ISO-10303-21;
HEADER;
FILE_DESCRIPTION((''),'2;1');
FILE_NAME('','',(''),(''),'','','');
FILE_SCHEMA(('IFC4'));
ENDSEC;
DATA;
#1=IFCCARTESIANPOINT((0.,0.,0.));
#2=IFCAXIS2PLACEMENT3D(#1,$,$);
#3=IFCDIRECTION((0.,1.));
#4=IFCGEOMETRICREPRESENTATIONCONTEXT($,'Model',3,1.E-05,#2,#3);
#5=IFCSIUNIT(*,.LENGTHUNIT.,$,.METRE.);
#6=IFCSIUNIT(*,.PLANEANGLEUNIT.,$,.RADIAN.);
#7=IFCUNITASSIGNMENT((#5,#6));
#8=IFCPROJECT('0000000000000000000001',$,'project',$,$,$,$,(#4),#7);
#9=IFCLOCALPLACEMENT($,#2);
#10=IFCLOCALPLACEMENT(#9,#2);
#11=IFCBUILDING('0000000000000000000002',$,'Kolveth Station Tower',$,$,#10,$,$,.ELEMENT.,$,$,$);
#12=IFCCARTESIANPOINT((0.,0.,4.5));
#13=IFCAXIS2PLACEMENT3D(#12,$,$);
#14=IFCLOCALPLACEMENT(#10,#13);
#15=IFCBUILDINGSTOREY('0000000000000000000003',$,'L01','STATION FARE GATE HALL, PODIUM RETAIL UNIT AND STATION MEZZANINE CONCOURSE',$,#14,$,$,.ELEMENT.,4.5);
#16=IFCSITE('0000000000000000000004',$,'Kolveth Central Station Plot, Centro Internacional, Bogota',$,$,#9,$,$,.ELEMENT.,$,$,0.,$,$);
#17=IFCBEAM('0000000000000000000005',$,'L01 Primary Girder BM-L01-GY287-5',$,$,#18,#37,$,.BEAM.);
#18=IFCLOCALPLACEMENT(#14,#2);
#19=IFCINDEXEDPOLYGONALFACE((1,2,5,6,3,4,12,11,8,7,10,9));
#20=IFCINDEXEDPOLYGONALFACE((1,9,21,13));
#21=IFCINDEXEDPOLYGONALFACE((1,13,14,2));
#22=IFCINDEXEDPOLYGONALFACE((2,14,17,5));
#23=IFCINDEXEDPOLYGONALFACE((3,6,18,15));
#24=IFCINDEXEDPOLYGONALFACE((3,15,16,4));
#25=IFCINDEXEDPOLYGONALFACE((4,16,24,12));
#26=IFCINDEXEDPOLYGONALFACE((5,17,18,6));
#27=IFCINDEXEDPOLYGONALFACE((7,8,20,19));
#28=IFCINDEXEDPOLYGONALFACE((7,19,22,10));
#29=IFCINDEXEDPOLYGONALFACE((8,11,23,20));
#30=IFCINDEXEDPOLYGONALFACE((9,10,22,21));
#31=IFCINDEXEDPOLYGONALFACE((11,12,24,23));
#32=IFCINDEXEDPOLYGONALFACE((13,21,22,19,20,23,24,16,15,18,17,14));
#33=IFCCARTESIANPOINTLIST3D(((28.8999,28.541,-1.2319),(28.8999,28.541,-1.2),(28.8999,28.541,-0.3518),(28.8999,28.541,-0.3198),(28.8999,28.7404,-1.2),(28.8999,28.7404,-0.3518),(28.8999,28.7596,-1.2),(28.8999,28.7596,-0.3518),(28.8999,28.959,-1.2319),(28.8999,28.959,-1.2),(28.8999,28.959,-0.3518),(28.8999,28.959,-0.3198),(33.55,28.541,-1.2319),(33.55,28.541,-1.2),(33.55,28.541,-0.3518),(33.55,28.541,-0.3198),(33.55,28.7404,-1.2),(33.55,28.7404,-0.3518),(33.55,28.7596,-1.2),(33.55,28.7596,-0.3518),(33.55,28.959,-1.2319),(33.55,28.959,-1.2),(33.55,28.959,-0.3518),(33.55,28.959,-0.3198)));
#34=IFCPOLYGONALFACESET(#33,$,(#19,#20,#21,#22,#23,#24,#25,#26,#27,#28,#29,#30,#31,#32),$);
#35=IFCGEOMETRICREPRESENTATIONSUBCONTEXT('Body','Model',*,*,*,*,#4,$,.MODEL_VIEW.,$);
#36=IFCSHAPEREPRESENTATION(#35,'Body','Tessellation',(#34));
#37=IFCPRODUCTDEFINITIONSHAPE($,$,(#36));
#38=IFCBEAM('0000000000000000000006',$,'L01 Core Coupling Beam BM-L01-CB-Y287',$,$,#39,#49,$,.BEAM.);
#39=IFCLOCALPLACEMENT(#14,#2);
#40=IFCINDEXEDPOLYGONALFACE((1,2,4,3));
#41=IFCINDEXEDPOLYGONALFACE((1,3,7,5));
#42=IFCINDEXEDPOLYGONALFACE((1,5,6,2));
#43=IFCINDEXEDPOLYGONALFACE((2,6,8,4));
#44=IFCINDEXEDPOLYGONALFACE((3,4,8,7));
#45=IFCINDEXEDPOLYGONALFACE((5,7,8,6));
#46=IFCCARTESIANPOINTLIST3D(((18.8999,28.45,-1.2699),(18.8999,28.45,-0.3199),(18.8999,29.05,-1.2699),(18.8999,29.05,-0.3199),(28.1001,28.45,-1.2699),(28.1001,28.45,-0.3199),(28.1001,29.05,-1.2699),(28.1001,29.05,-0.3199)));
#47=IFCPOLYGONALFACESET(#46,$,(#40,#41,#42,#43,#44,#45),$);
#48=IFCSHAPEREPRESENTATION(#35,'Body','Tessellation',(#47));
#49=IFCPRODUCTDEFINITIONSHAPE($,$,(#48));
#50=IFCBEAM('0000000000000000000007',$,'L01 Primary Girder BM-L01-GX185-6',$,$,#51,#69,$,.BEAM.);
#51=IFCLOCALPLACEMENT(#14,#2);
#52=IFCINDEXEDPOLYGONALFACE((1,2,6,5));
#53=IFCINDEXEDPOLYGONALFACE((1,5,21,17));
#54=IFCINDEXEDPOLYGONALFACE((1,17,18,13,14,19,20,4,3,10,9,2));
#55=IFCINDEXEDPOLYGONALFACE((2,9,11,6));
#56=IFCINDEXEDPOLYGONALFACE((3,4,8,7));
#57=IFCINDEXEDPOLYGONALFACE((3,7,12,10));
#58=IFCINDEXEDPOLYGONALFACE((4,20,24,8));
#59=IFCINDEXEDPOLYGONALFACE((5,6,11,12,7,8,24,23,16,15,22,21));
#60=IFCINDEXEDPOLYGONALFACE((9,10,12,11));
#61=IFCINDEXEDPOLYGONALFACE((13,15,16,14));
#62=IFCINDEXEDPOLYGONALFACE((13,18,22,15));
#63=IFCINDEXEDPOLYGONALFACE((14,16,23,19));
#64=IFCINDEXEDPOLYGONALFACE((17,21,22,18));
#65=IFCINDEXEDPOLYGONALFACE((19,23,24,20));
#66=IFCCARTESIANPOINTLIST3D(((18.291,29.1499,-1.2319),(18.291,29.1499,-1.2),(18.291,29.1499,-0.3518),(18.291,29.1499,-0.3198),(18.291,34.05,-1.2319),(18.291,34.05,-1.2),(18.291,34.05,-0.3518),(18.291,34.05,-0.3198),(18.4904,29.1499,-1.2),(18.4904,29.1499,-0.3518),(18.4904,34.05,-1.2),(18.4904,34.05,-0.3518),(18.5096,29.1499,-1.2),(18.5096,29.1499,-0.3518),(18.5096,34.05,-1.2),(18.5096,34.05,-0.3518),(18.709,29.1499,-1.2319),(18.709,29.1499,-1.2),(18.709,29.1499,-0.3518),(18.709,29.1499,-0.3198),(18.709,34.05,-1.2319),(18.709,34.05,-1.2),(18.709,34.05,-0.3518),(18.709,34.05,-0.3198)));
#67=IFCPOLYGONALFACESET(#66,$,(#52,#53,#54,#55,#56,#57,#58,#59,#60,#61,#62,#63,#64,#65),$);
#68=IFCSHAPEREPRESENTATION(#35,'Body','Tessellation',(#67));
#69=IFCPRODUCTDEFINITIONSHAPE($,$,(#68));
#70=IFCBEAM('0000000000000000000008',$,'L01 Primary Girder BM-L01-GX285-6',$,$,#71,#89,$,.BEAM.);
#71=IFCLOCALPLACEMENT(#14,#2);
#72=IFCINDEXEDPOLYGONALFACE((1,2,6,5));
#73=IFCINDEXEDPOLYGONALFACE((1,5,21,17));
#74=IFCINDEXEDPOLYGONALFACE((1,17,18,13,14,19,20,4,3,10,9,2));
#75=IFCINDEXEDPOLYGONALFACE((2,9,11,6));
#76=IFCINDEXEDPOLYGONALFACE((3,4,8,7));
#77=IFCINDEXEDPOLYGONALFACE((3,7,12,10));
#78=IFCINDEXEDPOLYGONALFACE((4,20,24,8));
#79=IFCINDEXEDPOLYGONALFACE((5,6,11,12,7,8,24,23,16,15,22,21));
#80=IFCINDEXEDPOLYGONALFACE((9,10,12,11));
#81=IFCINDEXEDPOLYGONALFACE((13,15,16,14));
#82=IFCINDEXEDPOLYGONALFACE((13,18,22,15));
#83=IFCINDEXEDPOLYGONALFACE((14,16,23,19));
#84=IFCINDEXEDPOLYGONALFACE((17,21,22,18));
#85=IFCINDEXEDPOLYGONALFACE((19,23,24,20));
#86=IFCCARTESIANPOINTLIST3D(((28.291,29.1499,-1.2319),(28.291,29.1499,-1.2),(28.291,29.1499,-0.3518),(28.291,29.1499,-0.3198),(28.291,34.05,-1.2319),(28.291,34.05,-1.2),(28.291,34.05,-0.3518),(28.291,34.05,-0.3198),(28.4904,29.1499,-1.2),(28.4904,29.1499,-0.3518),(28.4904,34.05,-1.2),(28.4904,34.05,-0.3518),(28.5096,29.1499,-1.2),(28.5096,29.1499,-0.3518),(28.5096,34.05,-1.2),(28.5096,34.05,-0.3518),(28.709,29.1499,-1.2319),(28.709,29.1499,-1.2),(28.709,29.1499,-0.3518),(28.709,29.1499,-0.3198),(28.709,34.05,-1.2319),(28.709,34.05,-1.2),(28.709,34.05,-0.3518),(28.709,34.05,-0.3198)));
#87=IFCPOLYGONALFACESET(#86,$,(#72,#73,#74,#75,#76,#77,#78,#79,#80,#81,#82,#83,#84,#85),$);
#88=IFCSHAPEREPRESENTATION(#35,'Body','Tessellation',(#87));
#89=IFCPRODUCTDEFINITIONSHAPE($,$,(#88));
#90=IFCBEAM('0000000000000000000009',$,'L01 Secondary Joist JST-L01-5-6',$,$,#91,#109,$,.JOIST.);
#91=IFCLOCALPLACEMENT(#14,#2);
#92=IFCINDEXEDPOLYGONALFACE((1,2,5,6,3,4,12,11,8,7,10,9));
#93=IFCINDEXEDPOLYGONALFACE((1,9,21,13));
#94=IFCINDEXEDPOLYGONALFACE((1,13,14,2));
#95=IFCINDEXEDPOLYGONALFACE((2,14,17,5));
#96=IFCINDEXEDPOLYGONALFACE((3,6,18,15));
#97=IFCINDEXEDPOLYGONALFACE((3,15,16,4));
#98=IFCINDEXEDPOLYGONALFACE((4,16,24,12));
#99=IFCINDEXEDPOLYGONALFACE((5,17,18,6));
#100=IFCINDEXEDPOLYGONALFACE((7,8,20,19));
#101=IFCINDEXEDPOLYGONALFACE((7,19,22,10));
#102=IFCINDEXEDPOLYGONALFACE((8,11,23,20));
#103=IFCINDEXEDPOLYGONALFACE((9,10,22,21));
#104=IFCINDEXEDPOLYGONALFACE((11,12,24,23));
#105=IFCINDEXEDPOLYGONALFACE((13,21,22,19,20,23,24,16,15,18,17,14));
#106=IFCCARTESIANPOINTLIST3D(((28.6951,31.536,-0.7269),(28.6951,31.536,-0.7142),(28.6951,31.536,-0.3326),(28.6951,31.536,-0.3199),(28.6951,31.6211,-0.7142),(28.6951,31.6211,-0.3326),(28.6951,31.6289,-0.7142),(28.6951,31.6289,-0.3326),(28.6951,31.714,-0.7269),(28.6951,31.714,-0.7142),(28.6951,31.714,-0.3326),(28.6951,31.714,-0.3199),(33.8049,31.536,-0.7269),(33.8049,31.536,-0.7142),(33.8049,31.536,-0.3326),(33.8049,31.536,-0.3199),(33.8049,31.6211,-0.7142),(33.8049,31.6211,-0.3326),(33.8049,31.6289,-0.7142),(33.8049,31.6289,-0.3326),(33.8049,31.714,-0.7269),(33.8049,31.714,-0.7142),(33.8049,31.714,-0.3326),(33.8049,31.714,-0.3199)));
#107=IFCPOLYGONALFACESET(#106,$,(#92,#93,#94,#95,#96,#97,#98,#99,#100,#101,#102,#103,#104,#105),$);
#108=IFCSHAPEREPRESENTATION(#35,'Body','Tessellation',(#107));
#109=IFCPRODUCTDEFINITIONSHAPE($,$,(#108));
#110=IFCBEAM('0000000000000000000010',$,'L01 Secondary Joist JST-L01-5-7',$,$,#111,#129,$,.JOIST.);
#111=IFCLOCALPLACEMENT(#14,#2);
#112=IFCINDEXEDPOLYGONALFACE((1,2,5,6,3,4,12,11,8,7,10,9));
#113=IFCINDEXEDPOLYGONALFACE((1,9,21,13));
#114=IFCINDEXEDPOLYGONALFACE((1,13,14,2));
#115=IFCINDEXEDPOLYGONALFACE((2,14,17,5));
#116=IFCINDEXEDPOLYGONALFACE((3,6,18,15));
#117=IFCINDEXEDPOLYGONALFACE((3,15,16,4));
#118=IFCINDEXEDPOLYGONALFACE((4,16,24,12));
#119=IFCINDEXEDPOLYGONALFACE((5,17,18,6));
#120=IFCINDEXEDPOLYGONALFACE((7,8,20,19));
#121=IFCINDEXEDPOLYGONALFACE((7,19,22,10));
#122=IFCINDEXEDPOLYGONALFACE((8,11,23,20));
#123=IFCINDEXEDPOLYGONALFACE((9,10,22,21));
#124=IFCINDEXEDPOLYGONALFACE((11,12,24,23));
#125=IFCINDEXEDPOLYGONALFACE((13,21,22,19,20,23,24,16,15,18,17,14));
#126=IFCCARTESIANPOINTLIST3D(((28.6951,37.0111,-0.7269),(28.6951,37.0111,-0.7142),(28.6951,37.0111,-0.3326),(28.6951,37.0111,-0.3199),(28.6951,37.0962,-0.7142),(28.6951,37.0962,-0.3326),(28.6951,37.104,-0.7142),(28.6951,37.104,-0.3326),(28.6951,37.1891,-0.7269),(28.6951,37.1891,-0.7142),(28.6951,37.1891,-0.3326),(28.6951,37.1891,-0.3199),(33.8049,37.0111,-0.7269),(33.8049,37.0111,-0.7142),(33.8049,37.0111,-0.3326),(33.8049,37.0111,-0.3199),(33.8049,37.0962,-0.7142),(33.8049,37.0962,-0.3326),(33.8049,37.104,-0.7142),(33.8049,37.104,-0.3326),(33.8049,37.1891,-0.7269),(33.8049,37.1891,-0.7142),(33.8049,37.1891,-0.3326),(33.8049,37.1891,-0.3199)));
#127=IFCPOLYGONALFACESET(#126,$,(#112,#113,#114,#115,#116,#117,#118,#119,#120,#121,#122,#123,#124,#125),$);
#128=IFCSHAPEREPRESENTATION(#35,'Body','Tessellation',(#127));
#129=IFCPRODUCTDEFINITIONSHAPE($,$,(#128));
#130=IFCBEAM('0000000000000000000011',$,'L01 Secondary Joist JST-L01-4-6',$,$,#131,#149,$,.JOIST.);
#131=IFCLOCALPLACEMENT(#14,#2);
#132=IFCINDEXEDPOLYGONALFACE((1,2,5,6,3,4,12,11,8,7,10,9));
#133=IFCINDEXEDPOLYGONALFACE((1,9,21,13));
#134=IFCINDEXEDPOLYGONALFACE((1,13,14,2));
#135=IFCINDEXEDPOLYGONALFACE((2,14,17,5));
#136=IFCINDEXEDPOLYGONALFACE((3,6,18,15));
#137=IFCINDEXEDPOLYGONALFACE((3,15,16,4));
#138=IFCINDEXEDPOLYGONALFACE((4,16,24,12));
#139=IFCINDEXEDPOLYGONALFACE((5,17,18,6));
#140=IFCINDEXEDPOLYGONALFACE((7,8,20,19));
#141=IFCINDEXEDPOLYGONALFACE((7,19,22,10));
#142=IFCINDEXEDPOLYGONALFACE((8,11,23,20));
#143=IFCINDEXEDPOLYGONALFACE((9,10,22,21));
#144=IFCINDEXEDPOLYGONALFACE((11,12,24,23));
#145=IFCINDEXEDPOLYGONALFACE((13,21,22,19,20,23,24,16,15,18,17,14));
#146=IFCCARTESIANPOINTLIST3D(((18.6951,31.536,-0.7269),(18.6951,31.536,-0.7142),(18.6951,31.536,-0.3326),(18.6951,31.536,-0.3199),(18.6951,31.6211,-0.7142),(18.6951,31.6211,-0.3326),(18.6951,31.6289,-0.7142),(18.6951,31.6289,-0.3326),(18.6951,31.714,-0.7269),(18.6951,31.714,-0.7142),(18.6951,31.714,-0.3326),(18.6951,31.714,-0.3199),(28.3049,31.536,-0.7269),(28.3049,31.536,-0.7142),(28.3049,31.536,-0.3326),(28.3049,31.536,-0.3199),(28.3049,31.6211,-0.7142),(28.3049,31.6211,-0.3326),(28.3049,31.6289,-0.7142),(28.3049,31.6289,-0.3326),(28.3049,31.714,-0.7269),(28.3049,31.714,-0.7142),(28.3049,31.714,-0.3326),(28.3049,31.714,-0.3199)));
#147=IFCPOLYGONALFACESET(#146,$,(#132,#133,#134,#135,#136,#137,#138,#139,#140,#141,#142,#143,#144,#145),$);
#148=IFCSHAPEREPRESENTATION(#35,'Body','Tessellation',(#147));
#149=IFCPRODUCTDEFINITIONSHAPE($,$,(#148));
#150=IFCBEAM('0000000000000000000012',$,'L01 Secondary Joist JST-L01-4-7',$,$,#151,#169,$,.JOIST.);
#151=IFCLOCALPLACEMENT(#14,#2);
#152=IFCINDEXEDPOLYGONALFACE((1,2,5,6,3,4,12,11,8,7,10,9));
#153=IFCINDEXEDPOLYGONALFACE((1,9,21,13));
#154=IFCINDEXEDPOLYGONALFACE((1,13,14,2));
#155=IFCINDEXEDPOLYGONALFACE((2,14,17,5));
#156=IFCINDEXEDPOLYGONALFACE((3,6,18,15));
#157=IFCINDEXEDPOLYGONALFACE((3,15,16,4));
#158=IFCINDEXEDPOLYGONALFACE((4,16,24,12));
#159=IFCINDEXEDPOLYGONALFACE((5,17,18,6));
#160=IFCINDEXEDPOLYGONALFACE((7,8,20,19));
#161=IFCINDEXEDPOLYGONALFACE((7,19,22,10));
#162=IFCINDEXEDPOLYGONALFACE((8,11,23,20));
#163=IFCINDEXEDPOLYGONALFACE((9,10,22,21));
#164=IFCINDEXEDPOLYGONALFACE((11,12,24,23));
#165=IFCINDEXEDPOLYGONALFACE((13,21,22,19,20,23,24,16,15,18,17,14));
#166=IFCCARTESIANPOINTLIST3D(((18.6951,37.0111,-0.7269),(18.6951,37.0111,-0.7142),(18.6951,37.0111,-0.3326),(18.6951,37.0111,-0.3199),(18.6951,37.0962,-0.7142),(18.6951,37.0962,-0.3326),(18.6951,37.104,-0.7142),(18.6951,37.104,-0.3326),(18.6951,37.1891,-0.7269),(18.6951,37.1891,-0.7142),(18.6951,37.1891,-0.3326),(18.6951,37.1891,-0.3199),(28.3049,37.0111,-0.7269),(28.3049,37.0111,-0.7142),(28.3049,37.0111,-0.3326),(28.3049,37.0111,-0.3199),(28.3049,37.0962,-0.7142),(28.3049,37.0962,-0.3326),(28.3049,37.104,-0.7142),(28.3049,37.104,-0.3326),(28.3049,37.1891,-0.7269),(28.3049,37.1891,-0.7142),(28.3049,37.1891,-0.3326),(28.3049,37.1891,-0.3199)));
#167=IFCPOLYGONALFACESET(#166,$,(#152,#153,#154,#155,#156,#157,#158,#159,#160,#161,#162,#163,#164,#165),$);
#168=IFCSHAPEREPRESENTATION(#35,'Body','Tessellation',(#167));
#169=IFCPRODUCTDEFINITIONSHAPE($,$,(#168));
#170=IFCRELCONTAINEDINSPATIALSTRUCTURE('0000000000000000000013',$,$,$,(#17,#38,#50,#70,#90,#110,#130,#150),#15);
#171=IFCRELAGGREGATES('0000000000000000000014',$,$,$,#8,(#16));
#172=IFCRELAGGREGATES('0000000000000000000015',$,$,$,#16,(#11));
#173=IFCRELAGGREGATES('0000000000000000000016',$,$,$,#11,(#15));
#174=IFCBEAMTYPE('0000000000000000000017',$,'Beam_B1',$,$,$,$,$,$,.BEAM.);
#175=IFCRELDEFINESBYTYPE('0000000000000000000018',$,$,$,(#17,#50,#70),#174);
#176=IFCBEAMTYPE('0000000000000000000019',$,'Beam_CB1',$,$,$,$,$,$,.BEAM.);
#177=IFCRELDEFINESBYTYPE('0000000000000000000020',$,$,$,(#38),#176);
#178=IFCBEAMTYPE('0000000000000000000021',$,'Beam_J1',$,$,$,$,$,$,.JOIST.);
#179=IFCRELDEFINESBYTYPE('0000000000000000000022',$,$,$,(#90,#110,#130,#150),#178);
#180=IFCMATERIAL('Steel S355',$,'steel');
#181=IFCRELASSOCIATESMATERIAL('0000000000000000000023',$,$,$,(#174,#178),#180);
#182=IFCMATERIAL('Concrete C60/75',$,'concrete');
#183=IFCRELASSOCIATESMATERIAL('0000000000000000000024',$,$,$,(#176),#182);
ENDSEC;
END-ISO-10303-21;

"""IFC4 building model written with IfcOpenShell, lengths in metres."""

from ifc_helpers import new_model, si_unit, direction, frame, origin, origin_2d, place, context, subcontext, project, spatial, rectangle, i_section, extrude, source, transform, mapped, material, material_profile, profile_set, type_object, element, save


model = new_model("IFC4")

# Units and contexts
model_context = context("Model", 3, precision=1e-05, world=origin(), true_north=direction((0.0, 1.0)))
body_context = subcontext(model_context, "Body", "Model", "MODEL_VIEW")
ifc_project = project(units=[si_unit("LENGTHUNIT", "METRE"), si_unit("PLANEANGLEUNIT", "RADIAN")], contexts=[model_context])

# Site, building, storey
site_placement = place(None, origin())
site = spatial("IfcSite", under=ifc_project, at=site_placement, Name="Kolveth Central Station Plot, Centro Internacional, Bogota", CompositionType="ELEMENT", RefElevation=0.0)
building_placement = place(site_placement, origin())
building = spatial("IfcBuilding", under=site, at=building_placement, Name="Kolveth Station Tower", CompositionType="ELEMENT")
storey_placement = place(building_placement, frame((0.0, 0.0, 4.5)))
storey = spatial("IfcBuildingStorey", under=building, at=storey_placement, Name="L01", Description="STATION FARE GATE HALL, PODIUM RETAIL UNIT AND STATION MEZZANINE CONCOURSE", CompositionType="ELEMENT", Elevation=4.5)

# Beams
ifc_material_1 = material(Name="Steel S355", Category="steel")
ifc_material_profile_1 = material_profile(ifc_material_1, i_section(OverallWidth=0.418, OverallDepth=0.9121, WebThickness=0.0193, FlangeThickness=0.032, at=origin_2d()), Name="W920x342")
ifc_profile_set_1 = profile_set([ifc_material_profile_1], Name="Steel S355")
beam_type_1 = type_object("IfcBeamType", Name="Beam_B1", PredefinedType="BEAM", material=ifc_profile_set_1)
shared_shape_1 = source(origin(), body_context, "Body", "SweptSolid", [
    extrude(i_section(OverallWidth=0.418, OverallDepth=0.9121, WebThickness=0.0193, FlangeThickness=0.032, at=origin_2d()), origin(), (0.0, 0.0, 1.0), 4.6501),
])
beam_1_placement = place(storey_placement, frame((28.8999, 28.75, -0.7759), z_axis=(1.0, 0.0, 0.0), x_axis=(0.0, 1.0, 0.0)))
element("IfcBeam", 1, at=beam_1_placement, inside=storey, type_object=beam_type_1, Name="L01 Primary Girder BM-L01-GY287-5", PredefinedType="BEAM", context=body_context, shape_type="MappedRepresentation", body=[
    mapped(shared_shape_1, transform((0.0, 0.0, 0.0), x_axis=(1.0, 0.0, 0.0), y_axis=(0.0, 1.0, 0.0), z_axis=(0.0, 0.0, 1.0), scale=1.0)),
])
ifc_material_2 = material(Name="Concrete C60/75", Category="concrete")
ifc_material_profile_2 = material_profile(ifc_material_2, rectangle(XDim=0.6001, YDim=0.95, at=origin_2d()), Name="RC-600x950")
ifc_profile_set_2 = profile_set([ifc_material_profile_2], Name="Concrete C60/75")
beam_type_2 = type_object("IfcBeamType", Name="Beam_CB1", PredefinedType="BEAM", material=ifc_profile_set_2)
shared_shape_2 = source(origin(), body_context, "Body", "SweptSolid", [
    extrude(rectangle(XDim=0.6001, YDim=0.95, at=origin_2d()), origin(), (0.0, 0.0, 1.0), 9.2002),
])
beam_2_placement = place(storey_placement, frame((18.8999, 28.75, -0.7949), z_axis=(1.0, 0.0, 0.0), x_axis=(0.0, 1.0, 0.0)))
element("IfcBeam", 2, at=beam_2_placement, inside=storey, type_object=beam_type_2, Name="L01 Core Coupling Beam BM-L01-CB-Y287", PredefinedType="BEAM", context=body_context, shape_type="MappedRepresentation", body=[
    mapped(shared_shape_2, transform((0.0, 0.0, 0.0), x_axis=(1.0, 0.0, 0.0), y_axis=(0.0, 1.0, 0.0), z_axis=(0.0, 0.0, 1.0), scale=1.0)),
])
shared_shape_3 = source(origin(), body_context, "Body", "SweptSolid", [
    extrude(i_section(OverallWidth=0.418, OverallDepth=0.9121, WebThickness=0.0193, FlangeThickness=0.032, at=origin_2d()), origin(), (0.0, 0.0, 1.0), 4.9001),
])
for number, where, z_axis, x_axis, name in (
    (3, (18.5, 29.1499, -0.7759), (0.0, 1.0, 0.0), (-1.0, 0.0, 0.0), "L01 Primary Girder BM-L01-GX185-6"),
    (4, (28.5, 29.1499, -0.7759), (0.0, 1.0, 0.0), (-1.0, 0.0, 0.0), "L01 Primary Girder BM-L01-GX285-6"),
):
    element("IfcBeam", number, at=place(storey_placement, frame(where, z_axis=z_axis, x_axis=x_axis)), inside=storey, type_object=beam_type_1, Name=name, PredefinedType="BEAM", context=body_context, shape_type="MappedRepresentation", body=[
        mapped(shared_shape_3, transform((0.0, 0.0, 0.0), x_axis=(1.0, 0.0, 0.0), y_axis=(0.0, 1.0, 0.0), z_axis=(0.0, 0.0, 1.0), scale=1.0)),
    ])
ifc_material_profile_3 = material_profile(ifc_material_1, i_section(OverallWidth=0.178, OverallDepth=0.407, WebThickness=0.0078, FlangeThickness=0.0127, at=origin_2d()), Name="W410x60")
ifc_profile_set_3 = profile_set([ifc_material_profile_3], Name="Steel S355")
beam_type_3 = type_object("IfcBeamType", Name="Beam_J1", PredefinedType="JOIST", material=ifc_profile_set_3)
shared_shape_4 = source(origin(), body_context, "Body", "SweptSolid", [
    extrude(i_section(OverallWidth=0.178, OverallDepth=0.407, WebThickness=0.0078, FlangeThickness=0.0127, at=origin_2d()), origin(), (0.0, 0.0, 1.0), 5.1099),
])
for number, where, z_axis, x_axis, name in (
    (5, (28.6951, 31.625, -0.5234), (1.0, 0.0, 0.0), (0.0, 1.0, 0.0), "L01 Secondary Joist JST-L01-5-6"),
    (6, (28.6951, 37.1001, -0.5234), (1.0, 0.0, 0.0), (0.0, 1.0, 0.0), "L01 Secondary Joist JST-L01-5-7"),
):
    element("IfcBeam", number, at=place(storey_placement, frame(where, z_axis=z_axis, x_axis=x_axis)), inside=storey, type_object=beam_type_3, Name=name, PredefinedType="JOIST", context=body_context, shape_type="MappedRepresentation", body=[
        mapped(shared_shape_4, transform((0.0, 0.0, 0.0), x_axis=(1.0, 0.0, 0.0), y_axis=(0.0, 1.0, 0.0), z_axis=(0.0, 0.0, 1.0), scale=1.0)),
    ])
shared_shape_5 = source(origin(), body_context, "Body", "SweptSolid", [
    extrude(i_section(OverallWidth=0.178, OverallDepth=0.407, WebThickness=0.0078, FlangeThickness=0.0127, at=origin_2d()), origin(), (0.0, 0.0, 1.0), 9.6099),
])
for number, where, z_axis, x_axis, name in (
    (7, (18.6951, 31.625, -0.5234), (1.0, 0.0, 0.0), (0.0, 1.0, 0.0), "L01 Secondary Joist JST-L01-4-6"),
    (8, (18.6951, 37.1001, -0.5234), (1.0, 0.0, 0.0), (0.0, 1.0, 0.0), "L01 Secondary Joist JST-L01-4-7"),
):
    element("IfcBeam", number, at=place(storey_placement, frame(where, z_axis=z_axis, x_axis=x_axis)), inside=storey, type_object=beam_type_3, Name=name, PredefinedType="JOIST", context=body_context, shape_type="MappedRepresentation", body=[
        mapped(shared_shape_5, transform((0.0, 0.0, 0.0), x_axis=(1.0, 0.0, 0.0), y_axis=(0.0, 1.0, 0.0), z_axis=(0.0, 0.0, 1.0), scale=1.0)),
    ])

save(model, "model.ifc")
